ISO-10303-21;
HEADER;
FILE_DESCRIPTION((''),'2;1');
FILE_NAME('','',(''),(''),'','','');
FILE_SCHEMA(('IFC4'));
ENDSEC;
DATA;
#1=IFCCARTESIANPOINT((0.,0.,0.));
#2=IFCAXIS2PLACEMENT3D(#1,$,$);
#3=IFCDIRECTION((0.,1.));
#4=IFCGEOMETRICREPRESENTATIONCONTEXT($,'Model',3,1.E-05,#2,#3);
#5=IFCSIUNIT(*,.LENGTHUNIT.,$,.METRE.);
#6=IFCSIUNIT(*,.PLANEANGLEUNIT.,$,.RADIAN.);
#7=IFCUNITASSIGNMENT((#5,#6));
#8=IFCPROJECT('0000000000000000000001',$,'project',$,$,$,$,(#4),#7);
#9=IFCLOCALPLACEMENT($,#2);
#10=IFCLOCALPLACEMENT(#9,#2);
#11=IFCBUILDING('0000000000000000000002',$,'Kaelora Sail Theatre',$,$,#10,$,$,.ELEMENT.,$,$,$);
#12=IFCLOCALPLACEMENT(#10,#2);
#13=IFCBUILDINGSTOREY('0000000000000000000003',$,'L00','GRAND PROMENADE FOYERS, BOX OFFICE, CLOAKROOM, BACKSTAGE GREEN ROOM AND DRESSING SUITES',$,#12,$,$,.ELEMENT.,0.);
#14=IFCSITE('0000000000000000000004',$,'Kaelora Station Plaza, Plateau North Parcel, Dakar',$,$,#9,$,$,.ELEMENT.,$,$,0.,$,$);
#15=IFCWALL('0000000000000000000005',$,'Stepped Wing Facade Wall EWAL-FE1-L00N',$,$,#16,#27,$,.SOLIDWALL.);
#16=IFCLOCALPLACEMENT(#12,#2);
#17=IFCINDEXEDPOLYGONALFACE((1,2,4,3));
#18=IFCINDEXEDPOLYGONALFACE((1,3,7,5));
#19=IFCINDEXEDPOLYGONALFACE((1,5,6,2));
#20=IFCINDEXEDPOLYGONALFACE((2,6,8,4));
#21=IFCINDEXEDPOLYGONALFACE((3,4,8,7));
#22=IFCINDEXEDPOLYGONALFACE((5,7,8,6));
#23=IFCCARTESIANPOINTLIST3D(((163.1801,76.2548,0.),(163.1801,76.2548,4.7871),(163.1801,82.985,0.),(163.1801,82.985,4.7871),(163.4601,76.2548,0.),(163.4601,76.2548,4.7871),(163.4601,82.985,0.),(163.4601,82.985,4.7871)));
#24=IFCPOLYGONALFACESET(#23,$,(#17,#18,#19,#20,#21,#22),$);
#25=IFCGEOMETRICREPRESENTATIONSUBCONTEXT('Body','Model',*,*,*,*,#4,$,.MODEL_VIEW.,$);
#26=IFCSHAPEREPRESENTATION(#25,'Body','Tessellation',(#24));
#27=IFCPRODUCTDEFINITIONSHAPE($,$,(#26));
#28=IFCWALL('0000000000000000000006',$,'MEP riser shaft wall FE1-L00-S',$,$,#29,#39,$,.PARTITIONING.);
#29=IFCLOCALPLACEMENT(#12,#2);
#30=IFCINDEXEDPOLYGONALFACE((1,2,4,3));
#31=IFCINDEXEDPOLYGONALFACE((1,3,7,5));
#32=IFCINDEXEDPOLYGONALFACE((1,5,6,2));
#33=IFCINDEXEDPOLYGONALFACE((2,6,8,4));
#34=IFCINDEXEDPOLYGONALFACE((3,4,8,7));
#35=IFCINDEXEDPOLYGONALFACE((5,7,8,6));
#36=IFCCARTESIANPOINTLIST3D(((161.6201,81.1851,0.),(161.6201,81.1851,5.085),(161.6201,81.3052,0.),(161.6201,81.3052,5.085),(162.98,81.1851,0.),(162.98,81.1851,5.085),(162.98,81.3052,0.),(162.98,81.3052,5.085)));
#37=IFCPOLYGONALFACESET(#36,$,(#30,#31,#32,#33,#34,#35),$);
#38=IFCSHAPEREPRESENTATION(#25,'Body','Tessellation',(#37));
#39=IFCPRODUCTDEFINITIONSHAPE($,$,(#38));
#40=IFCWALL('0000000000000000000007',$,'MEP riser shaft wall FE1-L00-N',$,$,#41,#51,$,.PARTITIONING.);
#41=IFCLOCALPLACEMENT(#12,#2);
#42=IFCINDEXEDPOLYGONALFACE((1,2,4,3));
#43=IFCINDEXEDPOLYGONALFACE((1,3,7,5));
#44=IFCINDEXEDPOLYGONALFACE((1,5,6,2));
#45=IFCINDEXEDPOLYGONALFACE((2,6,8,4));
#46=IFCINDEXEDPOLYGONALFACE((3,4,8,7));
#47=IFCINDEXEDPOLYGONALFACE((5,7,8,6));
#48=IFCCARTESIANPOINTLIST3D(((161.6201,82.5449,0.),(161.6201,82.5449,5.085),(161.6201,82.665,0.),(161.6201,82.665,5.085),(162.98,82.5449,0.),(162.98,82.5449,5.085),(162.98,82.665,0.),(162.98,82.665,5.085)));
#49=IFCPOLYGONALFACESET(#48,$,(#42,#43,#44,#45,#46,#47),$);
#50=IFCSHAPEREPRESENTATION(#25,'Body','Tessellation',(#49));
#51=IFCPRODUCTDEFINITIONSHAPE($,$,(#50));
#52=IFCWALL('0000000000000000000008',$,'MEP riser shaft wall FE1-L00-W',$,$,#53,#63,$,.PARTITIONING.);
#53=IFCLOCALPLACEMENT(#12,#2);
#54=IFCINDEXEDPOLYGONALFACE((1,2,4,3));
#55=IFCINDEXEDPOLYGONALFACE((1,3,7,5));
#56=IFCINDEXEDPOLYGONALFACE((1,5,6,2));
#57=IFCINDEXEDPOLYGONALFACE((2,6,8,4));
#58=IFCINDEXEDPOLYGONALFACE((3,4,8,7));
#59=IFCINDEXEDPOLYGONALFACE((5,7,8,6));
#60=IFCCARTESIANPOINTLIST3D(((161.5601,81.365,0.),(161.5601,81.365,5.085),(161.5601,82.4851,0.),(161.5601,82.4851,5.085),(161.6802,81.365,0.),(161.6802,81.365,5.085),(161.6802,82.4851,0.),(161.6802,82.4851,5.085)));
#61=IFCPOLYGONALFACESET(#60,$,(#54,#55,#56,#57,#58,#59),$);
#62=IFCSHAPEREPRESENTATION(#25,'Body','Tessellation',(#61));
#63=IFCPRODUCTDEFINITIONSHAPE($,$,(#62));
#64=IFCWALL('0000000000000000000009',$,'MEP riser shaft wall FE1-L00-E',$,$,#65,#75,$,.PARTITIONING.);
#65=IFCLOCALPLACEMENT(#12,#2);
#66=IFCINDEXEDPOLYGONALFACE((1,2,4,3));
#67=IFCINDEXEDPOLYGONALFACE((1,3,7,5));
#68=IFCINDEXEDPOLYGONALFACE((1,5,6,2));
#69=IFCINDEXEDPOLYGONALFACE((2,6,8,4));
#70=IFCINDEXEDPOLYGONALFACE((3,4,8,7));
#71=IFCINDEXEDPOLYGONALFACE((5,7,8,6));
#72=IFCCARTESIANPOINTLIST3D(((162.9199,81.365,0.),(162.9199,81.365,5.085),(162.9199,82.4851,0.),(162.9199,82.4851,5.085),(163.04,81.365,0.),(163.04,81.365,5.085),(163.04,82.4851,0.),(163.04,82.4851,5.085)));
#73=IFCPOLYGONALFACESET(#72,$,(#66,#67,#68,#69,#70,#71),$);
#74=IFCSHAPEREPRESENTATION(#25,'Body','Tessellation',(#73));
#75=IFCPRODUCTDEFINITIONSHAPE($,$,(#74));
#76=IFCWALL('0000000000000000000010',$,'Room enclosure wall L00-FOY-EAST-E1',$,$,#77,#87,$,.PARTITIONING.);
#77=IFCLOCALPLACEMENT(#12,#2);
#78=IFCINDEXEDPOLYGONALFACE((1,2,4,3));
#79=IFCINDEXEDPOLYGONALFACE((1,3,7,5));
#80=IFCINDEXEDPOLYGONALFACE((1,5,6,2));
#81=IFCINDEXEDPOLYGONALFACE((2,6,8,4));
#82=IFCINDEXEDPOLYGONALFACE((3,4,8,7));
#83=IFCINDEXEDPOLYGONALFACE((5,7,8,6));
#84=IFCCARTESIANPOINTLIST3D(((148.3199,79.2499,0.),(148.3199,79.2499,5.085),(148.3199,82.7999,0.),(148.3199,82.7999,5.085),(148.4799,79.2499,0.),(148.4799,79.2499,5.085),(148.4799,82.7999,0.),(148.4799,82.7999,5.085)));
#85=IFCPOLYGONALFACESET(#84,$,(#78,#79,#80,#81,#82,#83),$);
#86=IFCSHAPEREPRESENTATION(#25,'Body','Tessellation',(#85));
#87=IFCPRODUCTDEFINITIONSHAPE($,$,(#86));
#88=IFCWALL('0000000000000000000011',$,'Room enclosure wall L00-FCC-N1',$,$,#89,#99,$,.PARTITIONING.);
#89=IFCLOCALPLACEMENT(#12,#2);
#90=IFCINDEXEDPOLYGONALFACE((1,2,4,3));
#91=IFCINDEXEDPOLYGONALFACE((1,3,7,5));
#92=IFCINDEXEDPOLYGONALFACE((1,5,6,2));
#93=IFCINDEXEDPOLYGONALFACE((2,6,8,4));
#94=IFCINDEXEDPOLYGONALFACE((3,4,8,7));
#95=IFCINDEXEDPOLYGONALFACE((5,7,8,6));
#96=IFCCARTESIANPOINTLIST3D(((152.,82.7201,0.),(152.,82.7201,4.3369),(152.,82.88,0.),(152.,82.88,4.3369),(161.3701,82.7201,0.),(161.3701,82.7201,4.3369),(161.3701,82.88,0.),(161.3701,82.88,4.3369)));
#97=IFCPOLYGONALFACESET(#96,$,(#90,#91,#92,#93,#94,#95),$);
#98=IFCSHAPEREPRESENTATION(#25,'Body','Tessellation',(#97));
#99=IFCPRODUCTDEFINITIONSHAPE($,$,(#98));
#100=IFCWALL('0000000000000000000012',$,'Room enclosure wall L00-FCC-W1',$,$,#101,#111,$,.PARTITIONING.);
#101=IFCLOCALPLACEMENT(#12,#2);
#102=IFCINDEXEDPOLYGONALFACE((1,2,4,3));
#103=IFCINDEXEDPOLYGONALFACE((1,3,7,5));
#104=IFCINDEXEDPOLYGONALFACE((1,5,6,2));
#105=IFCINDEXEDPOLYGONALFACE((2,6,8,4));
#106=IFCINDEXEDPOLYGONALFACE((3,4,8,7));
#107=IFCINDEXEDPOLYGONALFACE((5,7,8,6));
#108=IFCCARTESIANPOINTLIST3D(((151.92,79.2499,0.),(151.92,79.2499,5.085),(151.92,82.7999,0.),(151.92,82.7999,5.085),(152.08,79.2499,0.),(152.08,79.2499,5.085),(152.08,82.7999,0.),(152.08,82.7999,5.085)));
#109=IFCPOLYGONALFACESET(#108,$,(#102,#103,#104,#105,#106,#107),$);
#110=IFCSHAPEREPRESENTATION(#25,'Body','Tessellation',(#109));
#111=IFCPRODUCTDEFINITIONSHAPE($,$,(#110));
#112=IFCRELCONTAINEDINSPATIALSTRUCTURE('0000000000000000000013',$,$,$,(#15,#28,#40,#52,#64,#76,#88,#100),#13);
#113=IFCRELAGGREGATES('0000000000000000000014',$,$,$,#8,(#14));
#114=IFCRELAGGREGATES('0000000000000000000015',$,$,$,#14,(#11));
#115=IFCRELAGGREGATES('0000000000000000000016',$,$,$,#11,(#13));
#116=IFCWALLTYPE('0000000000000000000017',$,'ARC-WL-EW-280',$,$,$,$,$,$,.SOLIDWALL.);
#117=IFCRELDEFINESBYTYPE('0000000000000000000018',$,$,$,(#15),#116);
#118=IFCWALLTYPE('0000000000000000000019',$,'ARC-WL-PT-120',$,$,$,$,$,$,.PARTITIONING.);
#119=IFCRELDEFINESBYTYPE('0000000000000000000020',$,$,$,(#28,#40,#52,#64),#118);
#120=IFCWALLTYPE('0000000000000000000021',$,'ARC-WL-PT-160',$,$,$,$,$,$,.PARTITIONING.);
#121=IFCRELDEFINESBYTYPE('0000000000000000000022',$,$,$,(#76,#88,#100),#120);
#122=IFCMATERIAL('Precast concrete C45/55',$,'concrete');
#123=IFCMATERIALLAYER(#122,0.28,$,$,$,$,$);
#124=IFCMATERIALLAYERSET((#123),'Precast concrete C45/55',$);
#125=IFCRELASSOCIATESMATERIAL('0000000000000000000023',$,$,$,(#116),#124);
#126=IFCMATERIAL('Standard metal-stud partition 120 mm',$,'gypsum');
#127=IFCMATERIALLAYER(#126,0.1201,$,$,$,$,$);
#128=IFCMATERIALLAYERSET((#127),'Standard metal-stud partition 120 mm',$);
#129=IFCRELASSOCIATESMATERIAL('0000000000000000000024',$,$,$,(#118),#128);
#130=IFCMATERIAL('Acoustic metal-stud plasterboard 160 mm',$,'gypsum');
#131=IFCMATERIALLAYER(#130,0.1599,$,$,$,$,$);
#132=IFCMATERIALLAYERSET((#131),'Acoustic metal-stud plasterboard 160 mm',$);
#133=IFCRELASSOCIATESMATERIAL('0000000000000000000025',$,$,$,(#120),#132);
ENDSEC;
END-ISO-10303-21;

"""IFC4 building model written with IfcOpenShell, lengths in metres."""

from ifc_helpers import new_model, si_unit, direction, frame, frame_2d, origin, place, context, subcontext, project, spatial, rectangle, extrude, material, layer, layer_set, type_object, element, save


model = new_model("IFC4")

# Units and contexts
model_context = context("Model", 3, precision=1e-05, world=origin(), true_north=direction((0.0, 1.0)))
body_context = subcontext(model_context, "Body", "Model", "MODEL_VIEW")
ifc_project = project(units=[si_unit("LENGTHUNIT", "METRE"), si_unit("PLANEANGLEUNIT", "RADIAN")], contexts=[model_context])

# Site, building, storey
site_placement = place(None, origin())
site = spatial("IfcSite", under=ifc_project, at=site_placement, Name="Kaelora Station Plaza, Plateau North Parcel, Dakar", CompositionType="ELEMENT", RefElevation=0.0)
building_placement = place(site_placement, origin())
building = spatial("IfcBuilding", under=site, at=building_placement, Name="Kaelora Sail Theatre", CompositionType="ELEMENT")
storey_placement = place(building_placement, origin())
storey = spatial("IfcBuildingStorey", under=building, at=storey_placement, Name="L00", Description="GRAND PROMENADE FOYERS, BOX OFFICE, CLOAKROOM, BACKSTAGE GREEN ROOM AND DRESSING SUITES", CompositionType="ELEMENT", Elevation=0.0)

# Walls
ifc_material_1 = material(Name="Precast concrete C45/55", Category="concrete")
ifc_layer_1 = layer(ifc_material_1, 0.28)
ifc_layer_set_1 = layer_set([ifc_layer_1], Name="Precast concrete C45/55")
wall_type_1 = type_object("IfcWallType", Name="ARC-WL-EW-280", PredefinedType="SOLIDWALL", material=ifc_layer_set_1)
wall_1_placement = place(storey_placement, frame((163.3201, 82.9851, 0.0), z_axis=(0.0, 0.0, 1.0), x_axis=(0.0, -1.0, 0.0)))
element("IfcWall", 1, at=wall_1_placement, inside=storey, type_object=wall_type_1, Name="Stepped Wing Facade Wall EWAL-FE1-L00N", PredefinedType="SOLIDWALL", context=body_context, shape_type="SweptSolid", body=[
    extrude(rectangle(XDim=6.7302, YDim=0.28, at=frame_2d((3.3652, 0.0))), origin(), (0.0, 0.0, 1.0), 4.7871),
])
ifc_material_2 = material(Name="Standard metal-stud partition 120 mm", Category="gypsum")
ifc_layer_2 = layer(ifc_material_2, 0.1201)
ifc_layer_set_2 = layer_set([ifc_layer_2], Name="Standard metal-stud partition 120 mm")
wall_type_2 = type_object("IfcWallType", Name="ARC-WL-PT-120", PredefinedType="PARTITIONING", material=ifc_layer_set_2)
for number, where, z_axis, x_axis, name in (
    (2, (161.6201, 81.2451, 0.0), (0.0, 0.0, 1.0), (1.0, 0.0, 0.0), "MEP riser shaft wall FE1-L00-S"),
    (3, (161.6201, 82.605, 0.0), (0.0, 0.0, 1.0), (1.0, 0.0, 0.0), "MEP riser shaft wall FE1-L00-N"),
):
    element("IfcWall", number, at=place(storey_placement, frame(where, z_axis=z_axis, x_axis=x_axis)), inside=storey, type_object=wall_type_2, Name=name, PredefinedType="PARTITIONING", context=body_context, shape_type="SweptSolid", body=[
        extrude(rectangle(XDim=1.3599, YDim=0.1201, at=frame_2d((0.6799, 0.0))), origin(), (0.0, 0.0, 1.0), 5.085),
    ])
for number, where, z_axis, x_axis, name in (
    (4, (161.6201, 81.365, 0.0), (0.0, 0.0, 1.0), (0.0, 1.0, 0.0), "MEP riser shaft wall FE1-L00-W"),
    (5, (162.98, 81.365, 0.0), (0.0, 0.0, 1.0), (0.0, 1.0, 0.0), "MEP riser shaft wall FE1-L00-E"),
):
    element("IfcWall", number, at=place(storey_placement, frame(where, z_axis=z_axis, x_axis=x_axis)), inside=storey, type_object=wall_type_2, Name=name, PredefinedType="PARTITIONING", context=body_context, shape_type="SweptSolid", body=[
        extrude(rectangle(XDim=1.1201, YDim=0.1201, at=frame_2d((0.5601, 0.0))), origin(), (0.0, 0.0, 1.0), 5.085),
    ])
ifc_material_3 = material(Name="Acoustic metal-stud plasterboard 160 mm", Category="gypsum")
ifc_layer_3 = layer(ifc_material_3, 0.1599)
ifc_layer_set_3 = layer_set([ifc_layer_3], Name="Acoustic metal-stud plasterboard 160 mm")
wall_type_3 = type_object("IfcWallType", Name="ARC-WL-PT-160", PredefinedType="PARTITIONING", material=ifc_layer_set_3)
wall_2_placement = place(storey_placement, frame((148.3999, 79.25, 0.0), z_axis=(0.0, 0.0, 1.0), x_axis=(0.0, 1.0, 0.0)))
element("IfcWall", 6, at=wall_2_placement, inside=storey, type_object=wall_type_3, Name="Room enclosure wall L00-FOY-EAST-E1", PredefinedType="PARTITIONING", context=body_context, shape_type="SweptSolid", body=[
    extrude(rectangle(XDim=3.55, YDim=0.1599, at=frame_2d((1.7749, 0.0))), origin(), (0.0, 0.0, 1.0), 5.085),
])
wall_3_placement = place(storey_placement, frame((152.0, 82.8, 0.0), z_axis=(0.0, 0.0, 1.0), x_axis=(1.0, 0.0, 0.0)))
element("IfcWall", 7, at=wall_3_placement, inside=storey, type_object=wall_type_3, Name="Room enclosure wall L00-FCC-N1", PredefinedType="PARTITIONING", context=body_context, shape_type="SweptSolid", body=[
    extrude(rectangle(XDim=9.3701, YDim=0.1599, at=frame_2d((4.6851, 0.0))), origin(), (0.0, 0.0, 1.0), 4.3369),
])
wall_4_placement = place(storey_placement, frame((152.0, 79.25, 0.0), z_axis=(0.0, 0.0, 1.0), x_axis=(0.0, 1.0, 0.0)))
element("IfcWall", 8, at=wall_4_placement, inside=storey, type_object=wall_type_3, Name="Room enclosure wall L00-FCC-W1", PredefinedType="PARTITIONING", context=body_context, shape_type="SweptSolid", body=[
    extrude(rectangle(XDim=3.55, YDim=0.1599, at=frame_2d((1.7749, 0.0))), origin(), (0.0, 0.0, 1.0), 5.085),
])

save(model, "model.ifc")
